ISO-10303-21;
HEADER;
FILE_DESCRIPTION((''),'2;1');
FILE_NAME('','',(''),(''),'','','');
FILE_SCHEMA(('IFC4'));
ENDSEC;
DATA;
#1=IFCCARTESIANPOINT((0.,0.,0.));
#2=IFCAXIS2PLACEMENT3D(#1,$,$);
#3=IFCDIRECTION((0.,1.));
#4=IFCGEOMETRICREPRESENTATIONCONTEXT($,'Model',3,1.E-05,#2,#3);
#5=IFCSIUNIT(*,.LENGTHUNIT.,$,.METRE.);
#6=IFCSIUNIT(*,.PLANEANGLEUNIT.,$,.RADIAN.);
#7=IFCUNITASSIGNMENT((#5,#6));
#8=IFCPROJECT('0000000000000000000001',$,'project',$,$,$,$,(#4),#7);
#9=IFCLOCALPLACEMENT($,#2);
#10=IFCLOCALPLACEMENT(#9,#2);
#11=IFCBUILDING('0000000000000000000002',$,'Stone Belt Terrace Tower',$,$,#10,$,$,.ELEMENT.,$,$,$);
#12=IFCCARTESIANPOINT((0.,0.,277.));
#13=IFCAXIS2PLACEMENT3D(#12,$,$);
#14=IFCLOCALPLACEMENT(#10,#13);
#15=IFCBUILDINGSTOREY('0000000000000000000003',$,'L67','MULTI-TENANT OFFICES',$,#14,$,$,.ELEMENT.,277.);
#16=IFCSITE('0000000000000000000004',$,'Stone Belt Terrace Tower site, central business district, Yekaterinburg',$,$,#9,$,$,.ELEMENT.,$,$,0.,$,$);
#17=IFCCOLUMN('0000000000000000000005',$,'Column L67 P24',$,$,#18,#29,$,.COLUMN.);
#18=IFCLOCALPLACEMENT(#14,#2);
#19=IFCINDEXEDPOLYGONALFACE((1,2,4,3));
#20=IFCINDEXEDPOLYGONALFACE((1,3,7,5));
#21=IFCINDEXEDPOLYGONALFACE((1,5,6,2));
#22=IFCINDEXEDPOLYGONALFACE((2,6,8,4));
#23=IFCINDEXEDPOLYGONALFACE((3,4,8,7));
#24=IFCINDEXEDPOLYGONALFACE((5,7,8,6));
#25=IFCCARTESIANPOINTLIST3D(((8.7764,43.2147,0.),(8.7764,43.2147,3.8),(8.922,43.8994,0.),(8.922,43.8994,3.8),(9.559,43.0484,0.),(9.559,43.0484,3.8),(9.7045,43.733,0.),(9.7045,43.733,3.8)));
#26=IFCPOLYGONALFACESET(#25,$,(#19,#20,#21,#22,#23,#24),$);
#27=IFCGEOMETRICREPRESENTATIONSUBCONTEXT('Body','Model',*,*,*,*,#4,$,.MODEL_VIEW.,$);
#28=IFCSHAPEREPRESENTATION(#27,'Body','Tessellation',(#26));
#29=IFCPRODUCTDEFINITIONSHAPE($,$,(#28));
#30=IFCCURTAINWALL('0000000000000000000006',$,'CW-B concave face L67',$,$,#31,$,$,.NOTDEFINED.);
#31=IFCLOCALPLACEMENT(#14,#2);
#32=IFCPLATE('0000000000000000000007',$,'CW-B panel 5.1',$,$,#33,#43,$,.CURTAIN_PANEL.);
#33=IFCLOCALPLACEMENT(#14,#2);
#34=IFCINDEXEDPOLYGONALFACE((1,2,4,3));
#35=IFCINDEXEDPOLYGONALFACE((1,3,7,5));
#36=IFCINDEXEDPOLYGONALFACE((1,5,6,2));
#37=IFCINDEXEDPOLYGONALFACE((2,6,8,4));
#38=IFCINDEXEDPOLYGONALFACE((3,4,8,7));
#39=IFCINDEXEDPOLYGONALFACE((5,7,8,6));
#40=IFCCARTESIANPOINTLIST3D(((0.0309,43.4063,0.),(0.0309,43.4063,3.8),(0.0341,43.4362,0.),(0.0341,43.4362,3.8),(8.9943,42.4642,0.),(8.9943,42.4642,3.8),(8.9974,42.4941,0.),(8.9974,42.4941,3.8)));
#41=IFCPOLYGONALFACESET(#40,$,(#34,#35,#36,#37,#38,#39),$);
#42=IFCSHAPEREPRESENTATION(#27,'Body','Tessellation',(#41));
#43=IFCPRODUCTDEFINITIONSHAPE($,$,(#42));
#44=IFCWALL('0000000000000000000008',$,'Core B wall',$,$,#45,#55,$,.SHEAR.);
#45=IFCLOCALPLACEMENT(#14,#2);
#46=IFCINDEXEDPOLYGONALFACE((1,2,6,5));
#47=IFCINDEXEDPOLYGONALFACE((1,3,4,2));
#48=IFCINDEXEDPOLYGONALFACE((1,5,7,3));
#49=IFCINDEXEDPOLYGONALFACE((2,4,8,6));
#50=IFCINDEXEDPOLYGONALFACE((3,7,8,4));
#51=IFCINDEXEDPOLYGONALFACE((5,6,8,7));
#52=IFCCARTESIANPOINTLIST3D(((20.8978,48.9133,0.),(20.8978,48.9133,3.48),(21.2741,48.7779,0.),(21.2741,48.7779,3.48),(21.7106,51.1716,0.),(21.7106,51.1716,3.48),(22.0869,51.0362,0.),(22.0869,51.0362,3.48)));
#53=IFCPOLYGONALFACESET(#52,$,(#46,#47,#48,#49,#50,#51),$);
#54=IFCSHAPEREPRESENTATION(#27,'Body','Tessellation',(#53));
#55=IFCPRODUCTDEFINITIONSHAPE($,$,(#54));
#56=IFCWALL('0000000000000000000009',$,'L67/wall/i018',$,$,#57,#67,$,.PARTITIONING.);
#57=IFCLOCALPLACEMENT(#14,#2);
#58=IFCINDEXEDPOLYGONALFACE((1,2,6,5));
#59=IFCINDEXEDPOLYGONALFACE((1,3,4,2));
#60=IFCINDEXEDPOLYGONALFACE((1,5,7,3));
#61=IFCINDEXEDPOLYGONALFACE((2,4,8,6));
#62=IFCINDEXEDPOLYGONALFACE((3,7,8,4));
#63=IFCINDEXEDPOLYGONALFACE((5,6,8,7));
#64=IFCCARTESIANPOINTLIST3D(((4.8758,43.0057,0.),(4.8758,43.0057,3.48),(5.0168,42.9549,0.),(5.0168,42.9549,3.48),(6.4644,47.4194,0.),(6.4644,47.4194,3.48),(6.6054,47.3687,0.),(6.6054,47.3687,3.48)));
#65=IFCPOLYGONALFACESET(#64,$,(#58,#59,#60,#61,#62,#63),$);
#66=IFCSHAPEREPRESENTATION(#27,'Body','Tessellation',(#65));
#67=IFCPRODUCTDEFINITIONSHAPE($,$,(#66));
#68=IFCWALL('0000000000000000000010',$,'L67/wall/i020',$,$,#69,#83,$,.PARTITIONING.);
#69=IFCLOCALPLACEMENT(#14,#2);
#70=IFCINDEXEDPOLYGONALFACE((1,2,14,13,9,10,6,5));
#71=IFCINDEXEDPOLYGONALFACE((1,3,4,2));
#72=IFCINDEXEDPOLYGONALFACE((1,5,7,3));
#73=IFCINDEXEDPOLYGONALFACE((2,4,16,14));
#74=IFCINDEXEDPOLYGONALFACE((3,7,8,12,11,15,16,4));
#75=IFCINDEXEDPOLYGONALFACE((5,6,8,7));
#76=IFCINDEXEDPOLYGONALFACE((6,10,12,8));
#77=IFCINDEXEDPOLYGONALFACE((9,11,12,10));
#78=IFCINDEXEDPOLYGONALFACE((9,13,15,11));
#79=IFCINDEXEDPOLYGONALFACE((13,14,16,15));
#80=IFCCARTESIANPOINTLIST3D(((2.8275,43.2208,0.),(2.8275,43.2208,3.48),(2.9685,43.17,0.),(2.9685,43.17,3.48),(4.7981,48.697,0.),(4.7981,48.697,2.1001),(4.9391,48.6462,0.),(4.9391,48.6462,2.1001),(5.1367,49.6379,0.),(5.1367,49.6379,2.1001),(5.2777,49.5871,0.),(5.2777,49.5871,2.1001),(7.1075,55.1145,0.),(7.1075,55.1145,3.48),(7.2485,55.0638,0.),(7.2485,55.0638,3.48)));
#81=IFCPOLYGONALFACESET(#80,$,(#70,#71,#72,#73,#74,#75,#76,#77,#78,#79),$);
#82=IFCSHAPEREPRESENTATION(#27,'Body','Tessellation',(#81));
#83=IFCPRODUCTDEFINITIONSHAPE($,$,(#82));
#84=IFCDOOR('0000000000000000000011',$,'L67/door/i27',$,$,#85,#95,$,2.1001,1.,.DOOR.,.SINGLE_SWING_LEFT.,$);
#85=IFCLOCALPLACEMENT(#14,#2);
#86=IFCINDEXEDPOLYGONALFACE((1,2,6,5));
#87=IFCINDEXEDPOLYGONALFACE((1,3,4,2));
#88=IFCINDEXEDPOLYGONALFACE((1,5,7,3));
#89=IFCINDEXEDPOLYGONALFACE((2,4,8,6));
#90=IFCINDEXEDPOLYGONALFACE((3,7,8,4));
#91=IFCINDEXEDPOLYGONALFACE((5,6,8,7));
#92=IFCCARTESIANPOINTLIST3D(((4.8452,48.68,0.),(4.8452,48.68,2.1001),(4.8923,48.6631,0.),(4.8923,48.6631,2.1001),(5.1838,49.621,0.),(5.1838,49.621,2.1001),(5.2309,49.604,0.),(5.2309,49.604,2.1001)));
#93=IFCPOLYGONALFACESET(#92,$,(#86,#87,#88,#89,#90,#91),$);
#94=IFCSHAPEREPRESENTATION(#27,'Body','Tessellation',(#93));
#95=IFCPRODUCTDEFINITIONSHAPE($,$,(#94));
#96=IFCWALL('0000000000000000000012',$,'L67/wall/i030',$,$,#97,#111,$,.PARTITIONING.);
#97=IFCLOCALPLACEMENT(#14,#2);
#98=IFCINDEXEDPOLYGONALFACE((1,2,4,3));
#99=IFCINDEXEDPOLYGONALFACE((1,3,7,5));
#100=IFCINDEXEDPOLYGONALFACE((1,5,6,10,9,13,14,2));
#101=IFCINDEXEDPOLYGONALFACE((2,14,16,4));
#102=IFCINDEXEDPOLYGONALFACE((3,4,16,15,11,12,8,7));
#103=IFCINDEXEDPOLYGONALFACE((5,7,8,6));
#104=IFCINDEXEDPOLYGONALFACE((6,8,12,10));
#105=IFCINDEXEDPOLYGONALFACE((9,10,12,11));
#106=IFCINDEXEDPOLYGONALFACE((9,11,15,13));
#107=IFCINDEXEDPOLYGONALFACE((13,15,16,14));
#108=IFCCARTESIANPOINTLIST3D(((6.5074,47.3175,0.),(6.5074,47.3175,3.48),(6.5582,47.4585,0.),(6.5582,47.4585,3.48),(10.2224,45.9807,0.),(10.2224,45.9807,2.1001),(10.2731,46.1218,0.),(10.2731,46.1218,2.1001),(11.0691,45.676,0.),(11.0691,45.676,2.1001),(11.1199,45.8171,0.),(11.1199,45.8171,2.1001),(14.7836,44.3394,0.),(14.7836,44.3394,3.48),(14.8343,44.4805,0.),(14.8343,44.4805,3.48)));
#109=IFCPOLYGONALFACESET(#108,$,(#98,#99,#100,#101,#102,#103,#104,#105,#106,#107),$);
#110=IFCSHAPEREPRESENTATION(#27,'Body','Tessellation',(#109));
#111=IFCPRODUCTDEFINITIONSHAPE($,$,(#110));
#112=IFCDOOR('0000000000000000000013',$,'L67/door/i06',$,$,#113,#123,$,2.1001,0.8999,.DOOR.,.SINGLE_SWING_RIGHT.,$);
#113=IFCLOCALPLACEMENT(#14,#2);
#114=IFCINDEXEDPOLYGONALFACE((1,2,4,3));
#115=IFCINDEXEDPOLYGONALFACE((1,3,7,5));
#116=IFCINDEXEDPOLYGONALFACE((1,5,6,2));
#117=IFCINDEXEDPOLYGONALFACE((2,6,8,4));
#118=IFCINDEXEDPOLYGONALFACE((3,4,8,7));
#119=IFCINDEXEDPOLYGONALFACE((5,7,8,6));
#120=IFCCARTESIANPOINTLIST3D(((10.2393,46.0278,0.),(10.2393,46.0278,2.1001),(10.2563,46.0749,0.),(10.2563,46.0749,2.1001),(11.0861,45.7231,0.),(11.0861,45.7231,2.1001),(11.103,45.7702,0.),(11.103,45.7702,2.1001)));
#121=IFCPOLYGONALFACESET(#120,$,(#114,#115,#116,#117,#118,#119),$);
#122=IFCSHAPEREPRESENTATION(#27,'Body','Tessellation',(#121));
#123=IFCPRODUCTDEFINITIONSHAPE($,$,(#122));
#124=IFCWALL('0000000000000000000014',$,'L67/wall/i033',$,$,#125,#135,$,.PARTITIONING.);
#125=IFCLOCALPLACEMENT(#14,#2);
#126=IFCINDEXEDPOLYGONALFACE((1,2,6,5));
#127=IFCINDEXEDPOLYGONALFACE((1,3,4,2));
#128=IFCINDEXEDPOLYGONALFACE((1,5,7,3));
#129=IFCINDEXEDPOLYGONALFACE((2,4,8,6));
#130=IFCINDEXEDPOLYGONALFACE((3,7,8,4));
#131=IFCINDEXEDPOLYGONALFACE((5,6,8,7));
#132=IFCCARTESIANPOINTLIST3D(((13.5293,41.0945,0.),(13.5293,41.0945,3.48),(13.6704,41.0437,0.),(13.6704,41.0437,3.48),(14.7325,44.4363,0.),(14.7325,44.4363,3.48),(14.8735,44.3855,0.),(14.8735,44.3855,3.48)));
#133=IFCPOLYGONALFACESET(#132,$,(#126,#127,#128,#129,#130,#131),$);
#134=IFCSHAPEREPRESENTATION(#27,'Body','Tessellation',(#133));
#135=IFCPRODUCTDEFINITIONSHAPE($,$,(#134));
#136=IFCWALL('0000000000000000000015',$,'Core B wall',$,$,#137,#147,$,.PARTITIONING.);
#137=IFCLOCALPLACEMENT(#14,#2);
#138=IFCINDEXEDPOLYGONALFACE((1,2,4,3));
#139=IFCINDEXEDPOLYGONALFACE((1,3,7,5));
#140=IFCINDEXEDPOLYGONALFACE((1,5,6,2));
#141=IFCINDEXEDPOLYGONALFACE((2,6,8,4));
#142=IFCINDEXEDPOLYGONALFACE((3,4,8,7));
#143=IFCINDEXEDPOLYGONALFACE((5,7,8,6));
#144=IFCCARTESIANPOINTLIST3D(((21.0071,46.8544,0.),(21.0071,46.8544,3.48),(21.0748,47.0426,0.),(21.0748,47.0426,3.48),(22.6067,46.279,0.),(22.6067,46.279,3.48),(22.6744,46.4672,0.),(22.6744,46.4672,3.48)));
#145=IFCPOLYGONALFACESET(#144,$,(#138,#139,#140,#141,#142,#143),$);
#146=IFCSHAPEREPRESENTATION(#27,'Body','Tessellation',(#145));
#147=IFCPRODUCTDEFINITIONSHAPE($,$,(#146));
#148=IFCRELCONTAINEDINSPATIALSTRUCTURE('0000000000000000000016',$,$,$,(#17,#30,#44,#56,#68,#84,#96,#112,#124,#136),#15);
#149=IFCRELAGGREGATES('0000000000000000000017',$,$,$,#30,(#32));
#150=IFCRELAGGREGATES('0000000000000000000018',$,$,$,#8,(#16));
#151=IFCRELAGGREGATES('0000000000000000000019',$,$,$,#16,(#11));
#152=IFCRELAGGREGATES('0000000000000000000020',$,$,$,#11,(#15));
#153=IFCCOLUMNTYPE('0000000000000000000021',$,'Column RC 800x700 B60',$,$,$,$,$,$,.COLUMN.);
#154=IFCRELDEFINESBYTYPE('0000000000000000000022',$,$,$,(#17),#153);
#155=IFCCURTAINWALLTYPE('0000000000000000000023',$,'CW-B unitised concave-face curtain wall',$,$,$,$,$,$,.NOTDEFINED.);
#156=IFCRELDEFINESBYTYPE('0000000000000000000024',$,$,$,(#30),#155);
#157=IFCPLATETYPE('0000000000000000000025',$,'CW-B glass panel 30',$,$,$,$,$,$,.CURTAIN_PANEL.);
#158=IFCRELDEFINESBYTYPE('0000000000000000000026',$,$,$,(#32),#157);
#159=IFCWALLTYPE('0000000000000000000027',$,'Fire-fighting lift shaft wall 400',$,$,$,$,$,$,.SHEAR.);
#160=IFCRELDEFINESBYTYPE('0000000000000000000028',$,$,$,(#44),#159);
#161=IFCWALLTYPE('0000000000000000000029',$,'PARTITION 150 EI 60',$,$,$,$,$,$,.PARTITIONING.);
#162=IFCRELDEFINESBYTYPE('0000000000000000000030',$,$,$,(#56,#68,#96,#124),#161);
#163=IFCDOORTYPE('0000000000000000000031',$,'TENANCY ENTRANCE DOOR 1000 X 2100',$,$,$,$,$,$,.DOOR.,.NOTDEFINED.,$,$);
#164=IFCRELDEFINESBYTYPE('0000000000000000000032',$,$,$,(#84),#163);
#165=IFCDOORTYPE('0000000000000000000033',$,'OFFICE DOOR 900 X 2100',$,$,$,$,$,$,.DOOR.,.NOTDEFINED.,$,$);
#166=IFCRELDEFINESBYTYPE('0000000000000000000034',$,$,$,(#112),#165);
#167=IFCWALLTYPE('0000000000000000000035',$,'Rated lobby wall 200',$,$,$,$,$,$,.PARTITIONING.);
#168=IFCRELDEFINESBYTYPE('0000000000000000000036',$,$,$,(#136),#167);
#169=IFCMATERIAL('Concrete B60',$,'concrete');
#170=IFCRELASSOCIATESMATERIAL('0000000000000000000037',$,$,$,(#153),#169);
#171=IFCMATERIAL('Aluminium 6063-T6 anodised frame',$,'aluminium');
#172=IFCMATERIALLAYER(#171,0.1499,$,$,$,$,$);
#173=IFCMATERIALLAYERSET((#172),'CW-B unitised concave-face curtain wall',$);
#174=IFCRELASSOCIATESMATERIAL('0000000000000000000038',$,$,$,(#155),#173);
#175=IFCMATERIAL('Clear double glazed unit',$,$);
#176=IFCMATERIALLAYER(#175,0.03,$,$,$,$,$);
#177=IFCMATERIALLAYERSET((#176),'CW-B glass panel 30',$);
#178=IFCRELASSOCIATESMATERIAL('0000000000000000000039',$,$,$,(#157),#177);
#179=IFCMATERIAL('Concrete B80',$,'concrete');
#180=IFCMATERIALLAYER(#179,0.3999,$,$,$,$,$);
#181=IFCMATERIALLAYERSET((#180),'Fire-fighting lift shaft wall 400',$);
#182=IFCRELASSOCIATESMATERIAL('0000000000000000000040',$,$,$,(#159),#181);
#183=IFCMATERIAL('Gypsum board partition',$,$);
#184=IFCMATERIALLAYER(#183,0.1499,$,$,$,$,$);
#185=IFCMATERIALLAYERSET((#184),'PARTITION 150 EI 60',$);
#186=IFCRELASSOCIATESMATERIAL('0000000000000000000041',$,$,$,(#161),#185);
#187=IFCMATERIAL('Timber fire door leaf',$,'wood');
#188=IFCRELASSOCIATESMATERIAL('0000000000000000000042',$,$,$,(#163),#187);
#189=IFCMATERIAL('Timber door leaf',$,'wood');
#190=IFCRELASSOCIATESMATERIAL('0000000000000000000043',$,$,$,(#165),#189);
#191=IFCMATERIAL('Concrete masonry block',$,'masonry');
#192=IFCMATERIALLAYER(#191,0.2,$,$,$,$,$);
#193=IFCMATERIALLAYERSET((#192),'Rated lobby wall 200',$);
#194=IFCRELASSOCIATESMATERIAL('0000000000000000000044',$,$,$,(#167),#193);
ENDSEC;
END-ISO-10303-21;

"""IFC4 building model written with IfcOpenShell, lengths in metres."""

from ifc_helpers import new_model, si_unit, direction, frame, frame_2d, origin, origin_2d, place, context, subcontext, project, spatial, rectangle, extrude, material, layer, layer_set, material_profile, profile_set, type_object, element, fill, aggregate, save


model = new_model("IFC4")

# Units and contexts
model_context = context("Model", 3, precision=1e-05, world=origin(), true_north=direction((0.0, 1.0)))
body_context = subcontext(model_context, "Body", "Model", "MODEL_VIEW")
ifc_project = project(units=[si_unit("LENGTHUNIT", "METRE"), si_unit("PLANEANGLEUNIT", "RADIAN")], contexts=[model_context])

# Site, building, storey
site_placement = place(None, origin())
site = spatial("IfcSite", under=ifc_project, at=site_placement, Name="Stone Belt Terrace Tower site, central business district, Yekaterinburg", CompositionType="ELEMENT", RefElevation=0.0)
building_placement = place(site_placement, origin())
building = spatial("IfcBuilding", under=site, at=building_placement, Name="Stone Belt Terrace Tower", CompositionType="ELEMENT")
storey_placement = place(building_placement, frame((0.0, 0.0, 277.0)))
storey = spatial("IfcBuildingStorey", under=building, at=storey_placement, Name="L67", Description="MULTI-TENANT OFFICES", CompositionType="ELEMENT", Elevation=277.0)

# Column
ifc_material_1 = material(Name="Concrete B60", Category="concrete")
ifc_material_profile = material_profile(ifc_material_1, rectangle(XDim=0.8, YDim=0.7, at=origin_2d()), Name="RC 800x700")
ifc_profile_set = profile_set([ifc_material_profile], Name="Concrete B60")
column_type = type_object("IfcColumnType", Name="Column RC 800x700 B60", PredefinedType="COLUMN", material=ifc_profile_set)
column_placement = place(storey_placement, frame((9.2405, 43.4739, 0.0), z_axis=(0.0, 0.0, 1.0), x_axis=(0.978148, -0.207912, 0.0)))
element("IfcColumn", 1, at=column_placement, inside=storey, type_object=column_type, Name="Column L67 P24", PredefinedType="COLUMN", context=body_context, shape_type="SweptSolid", body=[
    extrude(rectangle(XDim=0.8, YDim=0.7, at=origin_2d()), origin(), (0.0, 0.0, 1.0), 3.8),
])

# Curtain wall, plate
ifc_material_2 = material(Name="Aluminium 6063-T6 anodised frame", Category="aluminium")
ifc_layer_1 = layer(ifc_material_2, 0.1499)
ifc_layer_set_1 = layer_set([ifc_layer_1], Name="CW-B unitised concave-face curtain wall")
curtain_wall_type = type_object("IfcCurtainWallType", Name="CW-B unitised concave-face curtain wall", PredefinedType="NOTDEFINED", material=ifc_layer_set_1)
curtain_wall_placement = place(storey_placement, origin())
curtain_wall = element("IfcCurtainWall", 2, at=curtain_wall_placement, inside=storey, type_object=curtain_wall_type, Name="CW-B concave face L67", PredefinedType="NOTDEFINED")
ifc_material_3 = material(Name="Clear double glazed unit")
ifc_layer_2 = layer(ifc_material_3, 0.03)
ifc_layer_set_2 = layer_set([ifc_layer_2], Name="CW-B glass panel 30")
plate_type = type_object("IfcPlateType", Name="CW-B glass panel 30", PredefinedType="CURTAIN_PANEL", material=ifc_layer_set_2)
plate_placement = place(storey_placement, frame((4.5142, 42.9502, 0.0), z_axis=(0.0, 0.0, 1.0), x_axis=(0.994522, -0.104528, 0.0)))
plate = element("IfcPlate", 3, at=plate_placement, type_object=plate_type, Name="CW-B panel 5.1", PredefinedType="CURTAIN_PANEL", context=body_context, shape_type="SweptSolid", body=[
    extrude(rectangle(XDim=9.0127, YDim=0.03, at=origin_2d()), origin(), (0.0, 0.0, 1.0), 3.8),
])
aggregate(curtain_wall, [plate])

# Walls
ifc_material_4 = material(Name="Concrete B80", Category="concrete")
ifc_layer_3 = layer(ifc_material_4, 0.3999)
ifc_layer_set_3 = layer_set([ifc_layer_3], Name="Fire-fighting lift shaft wall 400")
wall_type_1 = type_object("IfcWallType", Name="Fire-fighting lift shaft wall 400", PredefinedType="SHEAR", material=ifc_layer_set_3)
wall_1_placement = place(storey_placement, frame((21.0859, 48.8455, 0.0), z_axis=(0.0, 0.0, 1.0), x_axis=(0.338629, 0.94092, 0.0)))
element("IfcWall", 4, at=wall_1_placement, inside=storey, type_object=wall_type_1, Name="Core B wall", PredefinedType="SHEAR", context=body_context, shape_type="SweptSolid", body=[
    extrude(rectangle(XDim=2.4001, YDim=0.3999, at=frame_2d((1.2002, 0.0))), origin(), (0.0, 0.0, 1.0), 3.48),
])
ifc_material_5 = material(Name="Gypsum board partition")
ifc_layer_4 = layer(ifc_material_5, 0.1499)
ifc_layer_set_4 = layer_set([ifc_layer_4], Name="PARTITION 150 EI 60")
wall_type_2 = type_object("IfcWallType", Name="PARTITION 150 EI 60", PredefinedType="PARTITIONING", material=ifc_layer_set_4)
wall_2_placement = place(storey_placement, frame((6.5349, 47.394, 0.0), z_axis=(0.0, 0.0, 1.0), x_axis=(-0.338653, -0.940911, 0.0)))
element("IfcWall", 5, at=wall_2_placement, inside=storey, type_object=wall_type_2, Name="L67/wall/i018", PredefinedType="PARTITIONING", context=body_context, shape_type="SweptSolid", body=[
    extrude(rectangle(XDim=4.6909, YDim=0.1499, at=frame_2d((2.3455, 0.0))), origin(), (0.0, 0.0, 1.0), 3.48),
])

# Walls, openings, doors
wall_3_placement = place(storey_placement, frame((2.8979, 43.1953, 0.0), z_axis=(0.0, 0.0, 1.0), x_axis=(0.338598, 0.940931, 0.0)))
wall_3 = element("IfcWall", 6, at=wall_3_placement, inside=storey, type_object=wall_type_2, Name="L67/wall/i020", PredefinedType="PARTITIONING", context=body_context, shape_type="SweptSolid", body=[
    extrude(rectangle(XDim=12.6404, YDim=0.1499, at=frame_2d((6.3203, 0.0))), origin(), (0.0, 0.0, 1.0), 3.48),
])
opening_1_placement = place(wall_3_placement, frame((5.8201, 0.0, 0.0)))
opening_1 = element("IfcOpeningElement", 7, at=opening_1_placement, cuts=wall_3, PredefinedType="OPENING", context=body_context, shape_type="SweptSolid", body=[
    extrude(rectangle(XDim=1.0, YDim=2.1001, at=frame_2d((0.5, 1.05))), frame((0.0, 0.085, 0.0), z_axis=(0.0, -1.0, 0.0), x_axis=(1.0, 0.0, 0.0)), (0.0, 0.0, 1.0), 0.1699),
])
ifc_material_6 = material(Name="Timber fire door leaf", Category="wood")
door_type_1 = type_object("IfcDoorType", Name="TENANCY ENTRANCE DOOR 1000 X 2100", OperationType="NOTDEFINED", PredefinedType="DOOR", material=ifc_material_6)
door_1_placement = place(opening_1_placement, origin())
door_1 = element("IfcDoor", 8, at=door_1_placement, inside=storey, type_object=door_type_1, Name="L67/door/i27", OperationType="SINGLE_SWING_LEFT", OverallHeight=2.1001, OverallWidth=1.0, PredefinedType="DOOR", context=body_context, shape_type="SweptSolid", body=[
    extrude(rectangle(XDim=1.0, YDim=2.1001, at=frame_2d((0.5, 1.05))), frame((0.0, 0.0249, 0.0), z_axis=(0.0, -1.0, 0.0), x_axis=(1.0, 0.0, 0.0)), (0.0, 0.0, 1.0), 0.05),
])
fill(opening_1, door_1)
wall_4_placement = place(storey_placement, frame((14.8091, 44.4099, 0.0), z_axis=(0.0, 0.0, 1.0), x_axis=(-0.940937, 0.338581, 0.0)))
wall_4 = element("IfcWall", 9, at=wall_4_placement, inside=storey, type_object=wall_type_2, Name="L67/wall/i030", PredefinedType="PARTITIONING", context=body_context, shape_type="SweptSolid", body=[
    extrude(rectangle(XDim=8.7957, YDim=0.1499, at=frame_2d((4.3979, 0.0))), origin(), (0.0, 0.0, 1.0), 3.48),
])
opening_2_placement = place(wall_4_placement, frame((3.9478, 0.0, 0.0)))
opening_2 = element("IfcOpeningElement", 10, at=opening_2_placement, cuts=wall_4, PredefinedType="OPENING", context=body_context, shape_type="SweptSolid", body=[
    extrude(rectangle(XDim=0.8999, YDim=2.1001, at=frame_2d((0.45, 1.05))), frame((0.0, 0.085, 0.0), z_axis=(0.0, -1.0, 0.0), x_axis=(1.0, 0.0, 0.0)), (0.0, 0.0, 1.0), 0.1699),
])
ifc_material_7 = material(Name="Timber door leaf", Category="wood")
door_type_2 = type_object("IfcDoorType", Name="OFFICE DOOR 900 X 2100", OperationType="NOTDEFINED", PredefinedType="DOOR", material=ifc_material_7)
door_2_placement = place(opening_2_placement, origin())
door_2 = element("IfcDoor", 11, at=door_2_placement, inside=storey, type_object=door_type_2, Name="L67/door/i06", OperationType="SINGLE_SWING_RIGHT", OverallHeight=2.1001, OverallWidth=0.8999, PredefinedType="DOOR", context=body_context, shape_type="SweptSolid", body=[
    extrude(rectangle(XDim=0.8999, YDim=2.1001, at=frame_2d((0.45, 1.05))), frame((0.0, 0.0249, 0.0), z_axis=(0.0, -1.0, 0.0), x_axis=(1.0, 0.0, 0.0)), (0.0, 0.0, 1.0), 0.05),
])
fill(opening_2, door_2)

# Walls
wall_5_placement = place(storey_placement, frame((14.803, 44.4109, 0.0), z_axis=(0.0, 0.0, 1.0), x_axis=(-0.338739, -0.94088, 0.0)))
element("IfcWall", 12, at=wall_5_placement, inside=storey, type_object=wall_type_2, Name="L67/wall/i033", PredefinedType="PARTITIONING", context=body_context, shape_type="SweptSolid", body=[
    extrude(rectangle(XDim=3.5518, YDim=0.1499, at=frame_2d((1.7759, 0.0))), origin(), (0.0, 0.0, 1.0), 3.48),
])
ifc_material_8 = material(Name="Concrete masonry block", Category="masonry")
ifc_layer_5 = layer(ifc_material_8, 0.2)
ifc_layer_set_5 = layer_set([ifc_layer_5], Name="Rated lobby wall 200")
wall_type_3 = type_object("IfcWallType", Name="Rated lobby wall 200", PredefinedType="PARTITIONING", material=ifc_layer_set_5)
wall_6_placement = place(storey_placement, frame((22.6406, 46.373, 0.0), z_axis=(0.0, 0.0, 1.0), x_axis=(-0.940966, 0.338501, 0.0)))
element("IfcWall", 13, at=wall_6_placement, inside=storey, type_object=wall_type_3, Name="Core B wall", PredefinedType="PARTITIONING", context=body_context, shape_type="SweptSolid", body=[
    extrude(rectangle(XDim=1.7, YDim=0.2, at=frame_2d((0.8501, 0.0))), origin(), (0.0, 0.0, 1.0), 3.48),
])

save(model, "model.ifc")
